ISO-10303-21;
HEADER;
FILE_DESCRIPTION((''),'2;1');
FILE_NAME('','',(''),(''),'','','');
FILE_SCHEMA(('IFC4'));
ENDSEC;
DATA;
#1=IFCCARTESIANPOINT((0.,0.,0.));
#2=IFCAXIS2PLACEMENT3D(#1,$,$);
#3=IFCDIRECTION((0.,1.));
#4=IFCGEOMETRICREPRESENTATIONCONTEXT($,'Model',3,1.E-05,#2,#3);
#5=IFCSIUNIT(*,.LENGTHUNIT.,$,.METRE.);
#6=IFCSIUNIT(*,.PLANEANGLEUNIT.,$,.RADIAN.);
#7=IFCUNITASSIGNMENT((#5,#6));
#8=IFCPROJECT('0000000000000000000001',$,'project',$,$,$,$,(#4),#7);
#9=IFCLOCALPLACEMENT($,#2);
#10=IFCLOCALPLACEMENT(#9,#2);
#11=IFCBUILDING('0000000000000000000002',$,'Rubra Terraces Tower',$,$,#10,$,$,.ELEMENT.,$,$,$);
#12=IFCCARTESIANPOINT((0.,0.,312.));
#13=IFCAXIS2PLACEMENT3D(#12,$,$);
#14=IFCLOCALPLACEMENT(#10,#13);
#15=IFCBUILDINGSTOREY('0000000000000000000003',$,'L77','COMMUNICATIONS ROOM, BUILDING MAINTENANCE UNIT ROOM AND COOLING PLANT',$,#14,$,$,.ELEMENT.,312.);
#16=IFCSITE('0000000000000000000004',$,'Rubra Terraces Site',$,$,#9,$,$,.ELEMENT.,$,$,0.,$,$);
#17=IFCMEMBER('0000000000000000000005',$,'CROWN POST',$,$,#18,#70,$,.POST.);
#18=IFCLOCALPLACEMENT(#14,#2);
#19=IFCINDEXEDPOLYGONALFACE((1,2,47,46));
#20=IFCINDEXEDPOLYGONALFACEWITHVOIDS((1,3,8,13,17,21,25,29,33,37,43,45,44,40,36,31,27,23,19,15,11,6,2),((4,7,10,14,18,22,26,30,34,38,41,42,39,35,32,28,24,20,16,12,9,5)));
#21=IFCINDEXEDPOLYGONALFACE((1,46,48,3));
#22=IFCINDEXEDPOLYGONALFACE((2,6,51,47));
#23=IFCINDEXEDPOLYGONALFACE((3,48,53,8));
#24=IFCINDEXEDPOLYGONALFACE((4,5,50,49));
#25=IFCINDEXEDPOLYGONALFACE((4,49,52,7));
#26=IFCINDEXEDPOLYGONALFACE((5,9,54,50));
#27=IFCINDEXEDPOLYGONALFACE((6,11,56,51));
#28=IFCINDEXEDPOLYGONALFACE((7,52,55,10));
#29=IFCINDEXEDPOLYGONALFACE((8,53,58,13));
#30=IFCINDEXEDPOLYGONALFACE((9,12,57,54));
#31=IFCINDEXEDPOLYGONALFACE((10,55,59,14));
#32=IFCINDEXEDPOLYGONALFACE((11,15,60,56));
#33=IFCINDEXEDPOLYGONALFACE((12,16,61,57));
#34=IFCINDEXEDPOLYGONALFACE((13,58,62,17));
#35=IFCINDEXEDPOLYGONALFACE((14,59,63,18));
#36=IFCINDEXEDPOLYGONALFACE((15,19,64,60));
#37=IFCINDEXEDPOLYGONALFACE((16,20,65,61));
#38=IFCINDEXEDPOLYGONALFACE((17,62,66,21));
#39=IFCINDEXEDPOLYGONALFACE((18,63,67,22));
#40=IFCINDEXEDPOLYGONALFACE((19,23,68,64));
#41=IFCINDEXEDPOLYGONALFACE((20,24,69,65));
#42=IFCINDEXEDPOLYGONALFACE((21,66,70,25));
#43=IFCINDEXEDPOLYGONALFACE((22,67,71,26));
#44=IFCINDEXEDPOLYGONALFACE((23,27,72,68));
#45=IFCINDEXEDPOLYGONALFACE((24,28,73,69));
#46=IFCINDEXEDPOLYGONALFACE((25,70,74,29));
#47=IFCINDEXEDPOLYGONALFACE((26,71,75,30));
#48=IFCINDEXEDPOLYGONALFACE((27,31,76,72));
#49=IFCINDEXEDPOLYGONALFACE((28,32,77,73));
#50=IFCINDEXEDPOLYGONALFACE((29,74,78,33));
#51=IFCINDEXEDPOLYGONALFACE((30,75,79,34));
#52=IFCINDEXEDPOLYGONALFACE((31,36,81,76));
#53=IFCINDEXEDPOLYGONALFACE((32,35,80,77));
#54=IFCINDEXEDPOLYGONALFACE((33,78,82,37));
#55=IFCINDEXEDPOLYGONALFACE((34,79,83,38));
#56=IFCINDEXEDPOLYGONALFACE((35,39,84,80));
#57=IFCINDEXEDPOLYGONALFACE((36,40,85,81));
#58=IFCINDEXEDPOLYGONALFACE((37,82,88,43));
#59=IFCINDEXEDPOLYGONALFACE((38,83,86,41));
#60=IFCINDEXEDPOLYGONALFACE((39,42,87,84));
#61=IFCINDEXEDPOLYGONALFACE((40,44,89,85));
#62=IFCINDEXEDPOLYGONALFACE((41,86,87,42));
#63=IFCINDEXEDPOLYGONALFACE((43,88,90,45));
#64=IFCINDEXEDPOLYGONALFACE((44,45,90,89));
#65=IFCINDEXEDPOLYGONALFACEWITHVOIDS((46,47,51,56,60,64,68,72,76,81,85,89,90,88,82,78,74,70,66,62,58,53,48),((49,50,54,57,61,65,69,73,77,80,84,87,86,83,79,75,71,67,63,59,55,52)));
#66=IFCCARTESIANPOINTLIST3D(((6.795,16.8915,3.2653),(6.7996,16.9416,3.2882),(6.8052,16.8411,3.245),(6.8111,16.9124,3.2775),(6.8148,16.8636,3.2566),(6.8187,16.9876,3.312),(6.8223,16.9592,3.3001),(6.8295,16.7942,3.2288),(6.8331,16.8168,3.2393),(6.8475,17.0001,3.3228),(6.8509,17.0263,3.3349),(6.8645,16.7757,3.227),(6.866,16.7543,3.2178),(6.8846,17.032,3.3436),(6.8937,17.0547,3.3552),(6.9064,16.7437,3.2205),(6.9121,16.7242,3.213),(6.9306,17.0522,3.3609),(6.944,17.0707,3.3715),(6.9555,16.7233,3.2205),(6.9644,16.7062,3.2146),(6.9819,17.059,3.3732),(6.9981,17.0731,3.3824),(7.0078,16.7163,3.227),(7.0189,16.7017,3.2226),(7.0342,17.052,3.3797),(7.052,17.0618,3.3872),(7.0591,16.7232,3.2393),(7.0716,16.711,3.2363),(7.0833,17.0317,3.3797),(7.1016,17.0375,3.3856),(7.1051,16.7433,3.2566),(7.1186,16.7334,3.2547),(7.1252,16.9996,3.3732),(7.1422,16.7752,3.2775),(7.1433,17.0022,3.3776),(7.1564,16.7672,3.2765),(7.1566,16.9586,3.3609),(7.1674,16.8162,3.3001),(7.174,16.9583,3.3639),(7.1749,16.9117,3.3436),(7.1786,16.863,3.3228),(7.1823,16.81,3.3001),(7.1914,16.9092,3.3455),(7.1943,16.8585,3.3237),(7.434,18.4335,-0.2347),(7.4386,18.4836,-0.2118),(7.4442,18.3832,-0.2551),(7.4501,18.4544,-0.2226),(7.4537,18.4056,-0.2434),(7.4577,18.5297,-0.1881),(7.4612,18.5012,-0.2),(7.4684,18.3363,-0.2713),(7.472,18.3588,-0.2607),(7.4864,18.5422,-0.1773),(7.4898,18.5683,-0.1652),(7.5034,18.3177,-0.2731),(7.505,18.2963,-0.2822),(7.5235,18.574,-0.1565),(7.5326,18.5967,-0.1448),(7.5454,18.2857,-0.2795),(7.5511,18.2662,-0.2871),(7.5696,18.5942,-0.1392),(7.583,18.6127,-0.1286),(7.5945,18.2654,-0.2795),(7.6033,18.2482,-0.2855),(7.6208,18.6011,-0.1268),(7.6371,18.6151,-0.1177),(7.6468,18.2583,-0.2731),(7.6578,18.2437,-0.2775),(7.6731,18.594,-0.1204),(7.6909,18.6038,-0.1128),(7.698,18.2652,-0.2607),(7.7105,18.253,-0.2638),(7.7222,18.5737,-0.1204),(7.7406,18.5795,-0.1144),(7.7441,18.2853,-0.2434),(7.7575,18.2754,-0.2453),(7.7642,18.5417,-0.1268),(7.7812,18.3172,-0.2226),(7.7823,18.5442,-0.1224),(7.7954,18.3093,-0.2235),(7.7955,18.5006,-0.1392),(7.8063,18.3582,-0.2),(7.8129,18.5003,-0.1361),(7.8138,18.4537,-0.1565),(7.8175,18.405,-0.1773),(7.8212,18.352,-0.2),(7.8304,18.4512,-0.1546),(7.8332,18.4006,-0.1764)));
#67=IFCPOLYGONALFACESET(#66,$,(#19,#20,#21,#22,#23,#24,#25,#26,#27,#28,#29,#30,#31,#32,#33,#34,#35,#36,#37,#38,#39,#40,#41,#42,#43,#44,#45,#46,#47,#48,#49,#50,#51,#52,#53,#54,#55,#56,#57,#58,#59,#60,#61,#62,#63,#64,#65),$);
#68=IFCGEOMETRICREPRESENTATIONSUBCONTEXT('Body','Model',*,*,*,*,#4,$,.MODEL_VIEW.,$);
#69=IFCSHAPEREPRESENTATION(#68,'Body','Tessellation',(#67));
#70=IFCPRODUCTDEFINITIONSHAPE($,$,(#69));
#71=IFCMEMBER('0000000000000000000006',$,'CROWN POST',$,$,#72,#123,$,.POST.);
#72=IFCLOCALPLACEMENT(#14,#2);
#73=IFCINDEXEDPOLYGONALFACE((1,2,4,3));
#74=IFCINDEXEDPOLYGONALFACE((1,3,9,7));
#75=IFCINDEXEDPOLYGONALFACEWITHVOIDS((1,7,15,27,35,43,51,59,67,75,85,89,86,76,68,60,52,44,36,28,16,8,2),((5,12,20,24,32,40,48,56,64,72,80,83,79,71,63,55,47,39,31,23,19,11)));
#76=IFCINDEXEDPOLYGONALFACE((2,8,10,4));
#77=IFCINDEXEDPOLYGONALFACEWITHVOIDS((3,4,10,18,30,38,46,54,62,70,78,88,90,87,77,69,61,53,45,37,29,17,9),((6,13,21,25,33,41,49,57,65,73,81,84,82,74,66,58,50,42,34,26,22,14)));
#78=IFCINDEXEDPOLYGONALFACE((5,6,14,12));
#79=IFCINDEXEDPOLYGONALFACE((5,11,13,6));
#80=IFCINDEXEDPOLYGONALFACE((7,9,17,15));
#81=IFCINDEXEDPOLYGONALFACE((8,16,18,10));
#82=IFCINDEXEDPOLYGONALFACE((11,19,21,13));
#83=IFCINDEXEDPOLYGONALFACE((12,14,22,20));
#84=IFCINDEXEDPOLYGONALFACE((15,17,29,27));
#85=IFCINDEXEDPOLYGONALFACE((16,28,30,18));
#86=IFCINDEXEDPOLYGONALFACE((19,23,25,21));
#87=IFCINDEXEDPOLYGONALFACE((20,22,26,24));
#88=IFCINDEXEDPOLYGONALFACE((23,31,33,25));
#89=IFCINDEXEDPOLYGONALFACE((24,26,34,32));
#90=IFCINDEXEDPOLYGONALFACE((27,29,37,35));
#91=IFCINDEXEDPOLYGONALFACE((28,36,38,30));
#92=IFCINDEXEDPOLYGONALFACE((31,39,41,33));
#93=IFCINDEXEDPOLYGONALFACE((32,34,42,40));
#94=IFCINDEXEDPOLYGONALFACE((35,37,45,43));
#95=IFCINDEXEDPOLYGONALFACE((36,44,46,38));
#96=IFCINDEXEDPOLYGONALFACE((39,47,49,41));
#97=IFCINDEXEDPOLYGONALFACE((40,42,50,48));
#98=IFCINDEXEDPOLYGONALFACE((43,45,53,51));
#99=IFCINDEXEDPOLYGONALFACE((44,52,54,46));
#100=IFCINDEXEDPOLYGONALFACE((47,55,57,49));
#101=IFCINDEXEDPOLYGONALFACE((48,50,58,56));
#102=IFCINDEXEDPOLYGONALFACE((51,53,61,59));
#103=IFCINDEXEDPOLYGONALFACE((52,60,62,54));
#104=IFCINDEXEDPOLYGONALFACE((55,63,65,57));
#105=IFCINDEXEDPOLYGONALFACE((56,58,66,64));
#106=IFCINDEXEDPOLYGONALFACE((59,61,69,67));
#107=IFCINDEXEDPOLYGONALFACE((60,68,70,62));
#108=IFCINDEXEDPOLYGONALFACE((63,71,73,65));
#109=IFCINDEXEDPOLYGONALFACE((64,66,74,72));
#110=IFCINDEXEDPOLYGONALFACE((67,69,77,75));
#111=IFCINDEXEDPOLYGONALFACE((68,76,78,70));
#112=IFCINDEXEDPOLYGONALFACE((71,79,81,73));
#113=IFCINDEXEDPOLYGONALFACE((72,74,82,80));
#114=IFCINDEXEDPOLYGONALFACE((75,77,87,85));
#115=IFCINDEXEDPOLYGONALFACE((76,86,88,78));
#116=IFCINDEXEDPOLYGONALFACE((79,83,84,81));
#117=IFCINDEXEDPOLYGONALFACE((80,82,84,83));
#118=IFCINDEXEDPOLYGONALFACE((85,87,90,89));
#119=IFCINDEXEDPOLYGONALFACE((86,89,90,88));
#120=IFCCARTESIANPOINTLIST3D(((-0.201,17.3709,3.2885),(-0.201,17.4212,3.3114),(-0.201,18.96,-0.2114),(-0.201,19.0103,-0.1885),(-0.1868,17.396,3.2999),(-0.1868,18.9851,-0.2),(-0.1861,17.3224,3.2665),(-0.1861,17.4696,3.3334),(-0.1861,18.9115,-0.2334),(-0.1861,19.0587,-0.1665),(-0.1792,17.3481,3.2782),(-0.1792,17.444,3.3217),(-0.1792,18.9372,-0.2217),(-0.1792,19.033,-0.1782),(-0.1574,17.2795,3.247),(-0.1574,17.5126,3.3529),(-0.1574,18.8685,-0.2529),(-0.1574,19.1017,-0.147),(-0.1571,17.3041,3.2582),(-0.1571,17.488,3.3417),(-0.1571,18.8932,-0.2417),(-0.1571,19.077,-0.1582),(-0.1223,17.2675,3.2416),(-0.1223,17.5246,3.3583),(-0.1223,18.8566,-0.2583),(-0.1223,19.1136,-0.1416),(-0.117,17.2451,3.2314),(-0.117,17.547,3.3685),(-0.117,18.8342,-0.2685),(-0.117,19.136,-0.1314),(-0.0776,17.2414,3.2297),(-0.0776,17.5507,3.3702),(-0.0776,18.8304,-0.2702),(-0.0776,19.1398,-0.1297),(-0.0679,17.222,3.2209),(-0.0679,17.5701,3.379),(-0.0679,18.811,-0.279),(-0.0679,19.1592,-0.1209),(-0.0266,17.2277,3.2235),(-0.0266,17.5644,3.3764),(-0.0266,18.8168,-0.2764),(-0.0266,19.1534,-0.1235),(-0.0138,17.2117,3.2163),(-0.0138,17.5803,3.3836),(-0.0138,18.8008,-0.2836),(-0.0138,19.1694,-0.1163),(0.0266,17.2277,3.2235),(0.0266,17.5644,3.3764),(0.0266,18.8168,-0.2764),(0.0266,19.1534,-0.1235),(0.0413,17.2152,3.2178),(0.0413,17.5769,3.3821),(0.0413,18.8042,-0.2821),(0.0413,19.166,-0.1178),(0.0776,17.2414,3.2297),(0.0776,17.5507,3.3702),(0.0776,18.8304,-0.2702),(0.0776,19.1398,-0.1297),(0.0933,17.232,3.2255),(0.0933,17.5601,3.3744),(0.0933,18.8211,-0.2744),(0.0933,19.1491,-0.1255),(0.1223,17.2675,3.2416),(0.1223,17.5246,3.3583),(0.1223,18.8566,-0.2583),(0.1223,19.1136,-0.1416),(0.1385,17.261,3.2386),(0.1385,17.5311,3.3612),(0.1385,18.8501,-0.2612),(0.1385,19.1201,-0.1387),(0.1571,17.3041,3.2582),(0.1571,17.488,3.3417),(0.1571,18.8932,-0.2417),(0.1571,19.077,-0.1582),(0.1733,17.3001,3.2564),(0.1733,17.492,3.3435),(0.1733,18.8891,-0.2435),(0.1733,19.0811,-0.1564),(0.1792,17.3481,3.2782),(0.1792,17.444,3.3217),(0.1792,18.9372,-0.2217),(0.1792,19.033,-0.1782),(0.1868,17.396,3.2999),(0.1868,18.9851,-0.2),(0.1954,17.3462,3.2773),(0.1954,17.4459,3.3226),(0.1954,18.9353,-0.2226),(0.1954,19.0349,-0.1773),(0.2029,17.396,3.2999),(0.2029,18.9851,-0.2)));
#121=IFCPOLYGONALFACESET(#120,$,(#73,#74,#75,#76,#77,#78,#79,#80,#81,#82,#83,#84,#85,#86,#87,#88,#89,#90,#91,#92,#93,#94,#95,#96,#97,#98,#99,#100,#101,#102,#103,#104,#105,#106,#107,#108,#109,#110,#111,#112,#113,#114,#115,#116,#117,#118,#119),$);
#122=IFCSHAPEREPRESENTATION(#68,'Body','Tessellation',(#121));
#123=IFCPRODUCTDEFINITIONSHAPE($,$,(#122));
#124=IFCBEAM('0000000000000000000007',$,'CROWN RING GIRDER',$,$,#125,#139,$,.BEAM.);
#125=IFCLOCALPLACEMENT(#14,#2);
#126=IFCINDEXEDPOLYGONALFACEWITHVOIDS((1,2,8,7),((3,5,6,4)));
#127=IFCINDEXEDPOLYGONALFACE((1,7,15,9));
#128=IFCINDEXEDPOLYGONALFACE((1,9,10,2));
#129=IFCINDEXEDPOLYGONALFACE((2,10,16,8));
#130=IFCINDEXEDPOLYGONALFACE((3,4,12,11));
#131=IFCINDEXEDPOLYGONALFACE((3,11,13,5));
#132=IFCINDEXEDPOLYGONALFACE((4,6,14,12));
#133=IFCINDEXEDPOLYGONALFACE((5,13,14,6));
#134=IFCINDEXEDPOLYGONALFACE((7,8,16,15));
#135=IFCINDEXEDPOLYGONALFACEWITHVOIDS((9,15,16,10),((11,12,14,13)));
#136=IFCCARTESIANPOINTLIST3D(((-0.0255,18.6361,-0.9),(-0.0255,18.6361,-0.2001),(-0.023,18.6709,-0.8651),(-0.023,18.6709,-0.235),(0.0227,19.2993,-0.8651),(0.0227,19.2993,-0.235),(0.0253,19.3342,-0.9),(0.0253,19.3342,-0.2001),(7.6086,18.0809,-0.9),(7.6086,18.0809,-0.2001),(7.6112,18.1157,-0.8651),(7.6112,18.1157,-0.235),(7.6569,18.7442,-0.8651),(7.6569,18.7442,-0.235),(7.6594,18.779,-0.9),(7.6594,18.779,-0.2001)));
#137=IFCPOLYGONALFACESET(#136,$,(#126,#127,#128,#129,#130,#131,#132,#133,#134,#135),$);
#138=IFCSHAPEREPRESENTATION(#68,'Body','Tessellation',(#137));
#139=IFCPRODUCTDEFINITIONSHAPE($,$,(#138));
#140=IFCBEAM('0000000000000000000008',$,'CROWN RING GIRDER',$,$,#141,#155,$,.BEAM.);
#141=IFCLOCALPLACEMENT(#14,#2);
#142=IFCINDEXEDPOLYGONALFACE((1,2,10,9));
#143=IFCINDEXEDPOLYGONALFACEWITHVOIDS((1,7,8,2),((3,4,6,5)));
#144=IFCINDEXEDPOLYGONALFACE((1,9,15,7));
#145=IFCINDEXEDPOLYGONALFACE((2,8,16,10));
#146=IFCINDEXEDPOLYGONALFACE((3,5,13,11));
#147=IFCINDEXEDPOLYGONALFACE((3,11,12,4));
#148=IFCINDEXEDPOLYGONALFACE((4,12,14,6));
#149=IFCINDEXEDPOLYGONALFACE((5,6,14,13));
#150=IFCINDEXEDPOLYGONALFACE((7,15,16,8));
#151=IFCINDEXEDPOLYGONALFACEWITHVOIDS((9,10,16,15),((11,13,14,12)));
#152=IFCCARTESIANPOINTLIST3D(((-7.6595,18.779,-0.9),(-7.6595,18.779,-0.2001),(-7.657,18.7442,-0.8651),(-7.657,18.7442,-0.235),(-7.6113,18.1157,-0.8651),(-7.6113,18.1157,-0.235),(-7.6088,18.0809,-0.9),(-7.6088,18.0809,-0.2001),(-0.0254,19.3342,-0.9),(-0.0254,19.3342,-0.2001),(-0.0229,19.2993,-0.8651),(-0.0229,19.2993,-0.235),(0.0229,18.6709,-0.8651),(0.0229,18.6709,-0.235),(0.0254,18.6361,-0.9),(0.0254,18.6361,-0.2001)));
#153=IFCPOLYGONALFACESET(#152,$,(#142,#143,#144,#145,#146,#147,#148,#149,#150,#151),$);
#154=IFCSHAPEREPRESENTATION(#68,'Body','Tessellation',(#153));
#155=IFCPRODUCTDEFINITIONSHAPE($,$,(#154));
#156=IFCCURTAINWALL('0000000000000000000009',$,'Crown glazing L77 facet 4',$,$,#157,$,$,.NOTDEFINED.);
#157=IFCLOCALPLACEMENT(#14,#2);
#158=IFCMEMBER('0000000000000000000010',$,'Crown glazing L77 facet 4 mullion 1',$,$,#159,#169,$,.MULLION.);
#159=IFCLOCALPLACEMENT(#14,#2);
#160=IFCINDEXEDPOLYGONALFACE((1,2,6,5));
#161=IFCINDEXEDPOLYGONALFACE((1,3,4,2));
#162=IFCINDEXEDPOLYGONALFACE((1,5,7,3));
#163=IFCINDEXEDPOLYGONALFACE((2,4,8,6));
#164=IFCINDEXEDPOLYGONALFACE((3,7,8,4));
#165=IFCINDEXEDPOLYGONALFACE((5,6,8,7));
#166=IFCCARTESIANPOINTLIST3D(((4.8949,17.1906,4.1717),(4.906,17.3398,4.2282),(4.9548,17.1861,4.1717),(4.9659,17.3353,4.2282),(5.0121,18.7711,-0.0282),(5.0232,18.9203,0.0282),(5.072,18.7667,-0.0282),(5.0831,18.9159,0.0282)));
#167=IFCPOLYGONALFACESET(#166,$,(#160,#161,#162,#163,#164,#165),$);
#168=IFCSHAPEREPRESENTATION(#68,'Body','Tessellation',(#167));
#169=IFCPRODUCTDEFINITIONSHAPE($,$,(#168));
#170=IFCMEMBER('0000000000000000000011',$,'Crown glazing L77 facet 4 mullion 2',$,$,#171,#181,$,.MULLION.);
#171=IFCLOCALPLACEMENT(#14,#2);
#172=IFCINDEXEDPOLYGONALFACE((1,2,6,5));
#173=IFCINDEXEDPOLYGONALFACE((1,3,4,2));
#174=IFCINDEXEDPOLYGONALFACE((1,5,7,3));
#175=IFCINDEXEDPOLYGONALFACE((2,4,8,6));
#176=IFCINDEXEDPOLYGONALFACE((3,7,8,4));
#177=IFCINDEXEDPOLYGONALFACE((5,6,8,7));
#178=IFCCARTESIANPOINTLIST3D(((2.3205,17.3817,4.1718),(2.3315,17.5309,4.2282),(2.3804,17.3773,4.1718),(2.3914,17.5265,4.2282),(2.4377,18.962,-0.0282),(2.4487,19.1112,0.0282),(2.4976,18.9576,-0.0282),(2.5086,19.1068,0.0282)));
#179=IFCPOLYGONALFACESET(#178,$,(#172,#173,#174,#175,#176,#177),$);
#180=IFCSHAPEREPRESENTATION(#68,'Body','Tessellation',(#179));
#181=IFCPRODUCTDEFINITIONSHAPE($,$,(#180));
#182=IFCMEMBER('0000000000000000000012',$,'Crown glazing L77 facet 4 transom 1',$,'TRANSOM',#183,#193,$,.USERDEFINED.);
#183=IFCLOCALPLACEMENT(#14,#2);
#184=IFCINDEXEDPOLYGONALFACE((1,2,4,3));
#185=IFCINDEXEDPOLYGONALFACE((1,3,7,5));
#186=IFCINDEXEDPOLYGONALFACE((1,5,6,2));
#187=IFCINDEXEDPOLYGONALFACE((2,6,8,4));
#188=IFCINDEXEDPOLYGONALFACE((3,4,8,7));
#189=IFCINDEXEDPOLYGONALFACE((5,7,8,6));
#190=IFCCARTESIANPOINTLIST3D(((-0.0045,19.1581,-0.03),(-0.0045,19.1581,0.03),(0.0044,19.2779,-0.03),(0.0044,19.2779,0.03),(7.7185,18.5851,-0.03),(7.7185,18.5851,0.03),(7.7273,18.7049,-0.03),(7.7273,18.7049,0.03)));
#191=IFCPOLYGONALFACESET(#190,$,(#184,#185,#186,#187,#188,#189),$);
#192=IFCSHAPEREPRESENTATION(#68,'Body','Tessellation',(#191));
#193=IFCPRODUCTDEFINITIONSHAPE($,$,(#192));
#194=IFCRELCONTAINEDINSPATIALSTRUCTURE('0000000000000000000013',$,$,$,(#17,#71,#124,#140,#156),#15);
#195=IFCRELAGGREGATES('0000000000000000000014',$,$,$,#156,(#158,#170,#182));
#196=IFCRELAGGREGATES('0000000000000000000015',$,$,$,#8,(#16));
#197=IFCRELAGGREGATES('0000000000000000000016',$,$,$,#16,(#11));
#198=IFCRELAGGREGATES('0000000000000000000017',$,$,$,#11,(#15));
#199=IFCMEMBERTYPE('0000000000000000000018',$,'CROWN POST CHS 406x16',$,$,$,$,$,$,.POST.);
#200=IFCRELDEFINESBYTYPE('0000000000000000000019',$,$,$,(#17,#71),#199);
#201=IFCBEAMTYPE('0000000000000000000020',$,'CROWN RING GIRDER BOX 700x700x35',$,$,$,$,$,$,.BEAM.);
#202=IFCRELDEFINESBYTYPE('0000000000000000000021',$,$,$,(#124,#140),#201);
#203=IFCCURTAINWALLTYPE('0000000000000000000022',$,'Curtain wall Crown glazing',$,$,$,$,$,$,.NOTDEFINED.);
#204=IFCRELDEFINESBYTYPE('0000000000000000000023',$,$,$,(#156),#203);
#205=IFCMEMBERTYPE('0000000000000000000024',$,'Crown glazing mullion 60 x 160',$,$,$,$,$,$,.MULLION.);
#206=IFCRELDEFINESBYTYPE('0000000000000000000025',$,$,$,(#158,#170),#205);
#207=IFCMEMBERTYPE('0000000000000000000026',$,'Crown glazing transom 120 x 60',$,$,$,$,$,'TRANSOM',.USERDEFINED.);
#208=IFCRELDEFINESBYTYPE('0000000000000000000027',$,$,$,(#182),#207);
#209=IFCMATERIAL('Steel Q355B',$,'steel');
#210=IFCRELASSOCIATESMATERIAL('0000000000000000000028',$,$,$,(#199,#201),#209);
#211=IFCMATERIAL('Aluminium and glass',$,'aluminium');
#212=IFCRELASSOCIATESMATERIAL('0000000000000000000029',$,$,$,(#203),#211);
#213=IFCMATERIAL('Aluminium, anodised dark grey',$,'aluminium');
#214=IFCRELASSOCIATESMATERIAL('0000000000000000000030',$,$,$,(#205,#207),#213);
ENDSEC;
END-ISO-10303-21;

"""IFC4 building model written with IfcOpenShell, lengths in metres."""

from ifc_helpers import new_model, si_unit, direction, frame, origin, origin_2d, place, context, subcontext, project, spatial, rectangle, hollow_rectangle, hollow_circle, extrude, material, material_profile, profile_set, type_object, element, aggregate, save


model = new_model("IFC4")

# Units and contexts
model_context = context("Model", 3, precision=1e-05, world=origin(), true_north=direction((0.0, 1.0)))
body_context = subcontext(model_context, "Body", "Model", "MODEL_VIEW")
ifc_project = project(units=[si_unit("LENGTHUNIT", "METRE"), si_unit("PLANEANGLEUNIT", "RADIAN")], contexts=[model_context])

# Site, building, storey
site_placement = place(None, origin())
site = spatial("IfcSite", under=ifc_project, at=site_placement, Name="Rubra Terraces Site", CompositionType="ELEMENT", RefElevation=0.0)
building_placement = place(site_placement, origin())
building = spatial("IfcBuilding", under=site, at=building_placement, Name="Rubra Terraces Tower", CompositionType="ELEMENT")
storey_placement = place(building_placement, frame((0.0, 0.0, 312.0)))
storey = spatial("IfcBuildingStorey", under=building, at=storey_placement, Name="L77", Description="COMMUNICATIONS ROOM, BUILDING MAINTENANCE UNIT ROOM AND COOLING PLANT", CompositionType="ELEMENT", Elevation=312.0)

# Members
ifc_material_1 = material(Name="Steel Q355B", Category="steel")
ifc_material_profile_1 = material_profile(ifc_material_1, hollow_circle(Radius=0.2029, WallThickness=0.0161, at=origin_2d()), Name="CHS 406x16")
ifc_profile_set_1 = profile_set([ifc_material_profile_1], Name="Steel Q355B")
member_type_1 = type_object("IfcMemberType", Name="CROWN POST CHS 406x16", PredefinedType="POST", material=ifc_profile_set_1)
member_1_placement = place(storey_placement, frame((7.6338, 18.4297, -0.2), z_axis=(-0.16477, -0.397664, 0.902615), x_axis=(0.923837, -0.382787, 0.0)))
element("IfcMember", 1, at=member_1_placement, inside=storey, type_object=member_type_1, Name="CROWN POST", PredefinedType="POST", context=body_context, shape_type="SweptSolid", body=[
    extrude(hollow_circle(Radius=0.2029, WallThickness=0.0161, at=origin_2d()), origin(), (0.0, 0.0, 1.0), 3.8777),
])
member_2_placement = place(storey_placement, frame((0.0, 18.9851, -0.2), z_axis=(0.0, -0.413415, 0.910543), x_axis=(1.0, 0.0, 0.0)))
element("IfcMember", 2, at=member_2_placement, inside=storey, type_object=member_type_1, Name="CROWN POST", PredefinedType="POST", context=body_context, shape_type="SweptSolid", body=[
    extrude(hollow_circle(Radius=0.2029, WallThickness=0.0161, at=origin_2d()), origin(), (0.0, 0.0, 1.0), 3.8438),
])

# Beams
ifc_material_profile_2 = material_profile(ifc_material_1, hollow_rectangle(XDim=0.7, YDim=0.7, WallThickness=0.0349, at=origin_2d()), Name="BOX 700x700x35")
ifc_profile_set_2 = profile_set([ifc_material_profile_2], Name="Steel Q355B")
beam_type_1 = type_object("IfcBeamType", Name="CROWN RING GIRDER BOX 700x700x35", PredefinedType="BEAM", material=ifc_profile_set_2)
for number, where, z_axis, x_axis, name in (
    (3, (7.634, 18.4299, -0.55), (-0.997366, 0.072532, 0.0), (-0.072532, -0.997366, 0.0), "CROWN RING GIRDER"),
    (4, (0.0, 18.9851, -0.55), (-0.997366, -0.072532, 0.0), (0.072532, -0.997366, 0.0), "CROWN RING GIRDER"),
):
    element("IfcBeam", number, at=place(storey_placement, frame(where, z_axis=z_axis, x_axis=x_axis)), inside=storey, type_object=beam_type_1, Name=name, PredefinedType="BEAM", context=body_context, shape_type="SweptSolid", body=[
        extrude(hollow_rectangle(XDim=0.7, YDim=0.7, WallThickness=0.0349, at=origin_2d()), origin(), (0.0, 0.0, 1.0), 7.6543),
    ])

# Curtain wall, members
ifc_material_2 = material(Name="Aluminium and glass", Category="aluminium")
curtain_wall_type = type_object("IfcCurtainWallType", Name="Curtain wall Crown glazing", PredefinedType="NOTDEFINED", material=ifc_material_2)
curtain_wall_1_placement = place(storey_placement, origin())
curtain_wall_1 = element("IfcCurtainWall", 5, at=curtain_wall_1_placement, inside=storey, type_object=curtain_wall_type, Name="Crown glazing L77 facet 4", PredefinedType="NOTDEFINED")
ifc_material_3 = material(Name="Aluminium, anodised dark grey", Category="aluminium")
ifc_material_profile_3 = material_profile(ifc_material_3, rectangle(XDim=0.0601, YDim=0.1599, at=origin_2d()), Name="AL 60x160")
ifc_profile_set_3 = profile_set([ifc_material_profile_3], Name="Aluminium, anodised dark grey")
member_type_2 = type_object("IfcMemberType", Name="Crown glazing mullion 60 x 160", PredefinedType="MULLION", material=ifc_profile_set_3)
member_3_placement = place(storey_placement, frame((5.0476, 18.8435, 0.0), z_axis=(-0.026105, -0.352094, 0.9356), x_axis=(0.997263, -0.07394, 0.0)))
member_3 = element("IfcMember", 6, at=member_3_placement, type_object=member_type_2, Name="Crown glazing L77 facet 4 mullion 1", PredefinedType="MULLION", context=body_context, shape_type="SweptSolid", body=[
    extrude(rectangle(XDim=0.0601, YDim=0.1599, at=origin_2d()), origin(), (0.0, 0.0, 1.0), 4.489),
])
member_4_placement = place(storey_placement, frame((2.4731, 19.0344, 0.0), z_axis=(-0.026106, -0.352047, 0.935618), x_axis=(0.997262, -0.073951, 0.0)))
member_4 = element("IfcMember", 7, at=member_4_placement, type_object=member_type_2, Name="Crown glazing L77 facet 4 mullion 2", PredefinedType="MULLION", context=body_context, shape_type="SweptSolid", body=[
    extrude(rectangle(XDim=0.0601, YDim=0.1599, at=origin_2d()), origin(), (0.0, 0.0, 1.0), 4.489),
])
ifc_material_profile_4 = material_profile(ifc_material_3, rectangle(XDim=0.1201, YDim=0.0601, at=origin_2d()), Name="AL 120x60")
ifc_profile_set_4 = profile_set([ifc_material_profile_4], Name="Aluminium, anodised dark grey")
member_type_3 = type_object("IfcMemberType", Name="Crown glazing transom 120 x 60", ElementType="TRANSOM", PredefinedType="USERDEFINED", material=ifc_profile_set_4)
member_5_placement = place(storey_placement, frame((7.7229, 18.645, 0.0), z_axis=(-0.997259, 0.073991, 0.0), x_axis=(-0.073991, -0.997259, 0.0)))
member_5 = element("IfcMember", 8, at=member_5_placement, type_object=member_type_3, Name="Crown glazing L77 facet 4 transom 1", ObjectType="TRANSOM", PredefinedType="USERDEFINED", context=body_context, shape_type="SweptSolid", body=[
    extrude(rectangle(XDim=0.1201, YDim=0.0601, at=origin_2d()), origin(), (0.0, 0.0, 1.0), 7.7441),
])

aggregate(curtain_wall_1, [member_3, member_4, member_5])

save(model, "model.ifc")
